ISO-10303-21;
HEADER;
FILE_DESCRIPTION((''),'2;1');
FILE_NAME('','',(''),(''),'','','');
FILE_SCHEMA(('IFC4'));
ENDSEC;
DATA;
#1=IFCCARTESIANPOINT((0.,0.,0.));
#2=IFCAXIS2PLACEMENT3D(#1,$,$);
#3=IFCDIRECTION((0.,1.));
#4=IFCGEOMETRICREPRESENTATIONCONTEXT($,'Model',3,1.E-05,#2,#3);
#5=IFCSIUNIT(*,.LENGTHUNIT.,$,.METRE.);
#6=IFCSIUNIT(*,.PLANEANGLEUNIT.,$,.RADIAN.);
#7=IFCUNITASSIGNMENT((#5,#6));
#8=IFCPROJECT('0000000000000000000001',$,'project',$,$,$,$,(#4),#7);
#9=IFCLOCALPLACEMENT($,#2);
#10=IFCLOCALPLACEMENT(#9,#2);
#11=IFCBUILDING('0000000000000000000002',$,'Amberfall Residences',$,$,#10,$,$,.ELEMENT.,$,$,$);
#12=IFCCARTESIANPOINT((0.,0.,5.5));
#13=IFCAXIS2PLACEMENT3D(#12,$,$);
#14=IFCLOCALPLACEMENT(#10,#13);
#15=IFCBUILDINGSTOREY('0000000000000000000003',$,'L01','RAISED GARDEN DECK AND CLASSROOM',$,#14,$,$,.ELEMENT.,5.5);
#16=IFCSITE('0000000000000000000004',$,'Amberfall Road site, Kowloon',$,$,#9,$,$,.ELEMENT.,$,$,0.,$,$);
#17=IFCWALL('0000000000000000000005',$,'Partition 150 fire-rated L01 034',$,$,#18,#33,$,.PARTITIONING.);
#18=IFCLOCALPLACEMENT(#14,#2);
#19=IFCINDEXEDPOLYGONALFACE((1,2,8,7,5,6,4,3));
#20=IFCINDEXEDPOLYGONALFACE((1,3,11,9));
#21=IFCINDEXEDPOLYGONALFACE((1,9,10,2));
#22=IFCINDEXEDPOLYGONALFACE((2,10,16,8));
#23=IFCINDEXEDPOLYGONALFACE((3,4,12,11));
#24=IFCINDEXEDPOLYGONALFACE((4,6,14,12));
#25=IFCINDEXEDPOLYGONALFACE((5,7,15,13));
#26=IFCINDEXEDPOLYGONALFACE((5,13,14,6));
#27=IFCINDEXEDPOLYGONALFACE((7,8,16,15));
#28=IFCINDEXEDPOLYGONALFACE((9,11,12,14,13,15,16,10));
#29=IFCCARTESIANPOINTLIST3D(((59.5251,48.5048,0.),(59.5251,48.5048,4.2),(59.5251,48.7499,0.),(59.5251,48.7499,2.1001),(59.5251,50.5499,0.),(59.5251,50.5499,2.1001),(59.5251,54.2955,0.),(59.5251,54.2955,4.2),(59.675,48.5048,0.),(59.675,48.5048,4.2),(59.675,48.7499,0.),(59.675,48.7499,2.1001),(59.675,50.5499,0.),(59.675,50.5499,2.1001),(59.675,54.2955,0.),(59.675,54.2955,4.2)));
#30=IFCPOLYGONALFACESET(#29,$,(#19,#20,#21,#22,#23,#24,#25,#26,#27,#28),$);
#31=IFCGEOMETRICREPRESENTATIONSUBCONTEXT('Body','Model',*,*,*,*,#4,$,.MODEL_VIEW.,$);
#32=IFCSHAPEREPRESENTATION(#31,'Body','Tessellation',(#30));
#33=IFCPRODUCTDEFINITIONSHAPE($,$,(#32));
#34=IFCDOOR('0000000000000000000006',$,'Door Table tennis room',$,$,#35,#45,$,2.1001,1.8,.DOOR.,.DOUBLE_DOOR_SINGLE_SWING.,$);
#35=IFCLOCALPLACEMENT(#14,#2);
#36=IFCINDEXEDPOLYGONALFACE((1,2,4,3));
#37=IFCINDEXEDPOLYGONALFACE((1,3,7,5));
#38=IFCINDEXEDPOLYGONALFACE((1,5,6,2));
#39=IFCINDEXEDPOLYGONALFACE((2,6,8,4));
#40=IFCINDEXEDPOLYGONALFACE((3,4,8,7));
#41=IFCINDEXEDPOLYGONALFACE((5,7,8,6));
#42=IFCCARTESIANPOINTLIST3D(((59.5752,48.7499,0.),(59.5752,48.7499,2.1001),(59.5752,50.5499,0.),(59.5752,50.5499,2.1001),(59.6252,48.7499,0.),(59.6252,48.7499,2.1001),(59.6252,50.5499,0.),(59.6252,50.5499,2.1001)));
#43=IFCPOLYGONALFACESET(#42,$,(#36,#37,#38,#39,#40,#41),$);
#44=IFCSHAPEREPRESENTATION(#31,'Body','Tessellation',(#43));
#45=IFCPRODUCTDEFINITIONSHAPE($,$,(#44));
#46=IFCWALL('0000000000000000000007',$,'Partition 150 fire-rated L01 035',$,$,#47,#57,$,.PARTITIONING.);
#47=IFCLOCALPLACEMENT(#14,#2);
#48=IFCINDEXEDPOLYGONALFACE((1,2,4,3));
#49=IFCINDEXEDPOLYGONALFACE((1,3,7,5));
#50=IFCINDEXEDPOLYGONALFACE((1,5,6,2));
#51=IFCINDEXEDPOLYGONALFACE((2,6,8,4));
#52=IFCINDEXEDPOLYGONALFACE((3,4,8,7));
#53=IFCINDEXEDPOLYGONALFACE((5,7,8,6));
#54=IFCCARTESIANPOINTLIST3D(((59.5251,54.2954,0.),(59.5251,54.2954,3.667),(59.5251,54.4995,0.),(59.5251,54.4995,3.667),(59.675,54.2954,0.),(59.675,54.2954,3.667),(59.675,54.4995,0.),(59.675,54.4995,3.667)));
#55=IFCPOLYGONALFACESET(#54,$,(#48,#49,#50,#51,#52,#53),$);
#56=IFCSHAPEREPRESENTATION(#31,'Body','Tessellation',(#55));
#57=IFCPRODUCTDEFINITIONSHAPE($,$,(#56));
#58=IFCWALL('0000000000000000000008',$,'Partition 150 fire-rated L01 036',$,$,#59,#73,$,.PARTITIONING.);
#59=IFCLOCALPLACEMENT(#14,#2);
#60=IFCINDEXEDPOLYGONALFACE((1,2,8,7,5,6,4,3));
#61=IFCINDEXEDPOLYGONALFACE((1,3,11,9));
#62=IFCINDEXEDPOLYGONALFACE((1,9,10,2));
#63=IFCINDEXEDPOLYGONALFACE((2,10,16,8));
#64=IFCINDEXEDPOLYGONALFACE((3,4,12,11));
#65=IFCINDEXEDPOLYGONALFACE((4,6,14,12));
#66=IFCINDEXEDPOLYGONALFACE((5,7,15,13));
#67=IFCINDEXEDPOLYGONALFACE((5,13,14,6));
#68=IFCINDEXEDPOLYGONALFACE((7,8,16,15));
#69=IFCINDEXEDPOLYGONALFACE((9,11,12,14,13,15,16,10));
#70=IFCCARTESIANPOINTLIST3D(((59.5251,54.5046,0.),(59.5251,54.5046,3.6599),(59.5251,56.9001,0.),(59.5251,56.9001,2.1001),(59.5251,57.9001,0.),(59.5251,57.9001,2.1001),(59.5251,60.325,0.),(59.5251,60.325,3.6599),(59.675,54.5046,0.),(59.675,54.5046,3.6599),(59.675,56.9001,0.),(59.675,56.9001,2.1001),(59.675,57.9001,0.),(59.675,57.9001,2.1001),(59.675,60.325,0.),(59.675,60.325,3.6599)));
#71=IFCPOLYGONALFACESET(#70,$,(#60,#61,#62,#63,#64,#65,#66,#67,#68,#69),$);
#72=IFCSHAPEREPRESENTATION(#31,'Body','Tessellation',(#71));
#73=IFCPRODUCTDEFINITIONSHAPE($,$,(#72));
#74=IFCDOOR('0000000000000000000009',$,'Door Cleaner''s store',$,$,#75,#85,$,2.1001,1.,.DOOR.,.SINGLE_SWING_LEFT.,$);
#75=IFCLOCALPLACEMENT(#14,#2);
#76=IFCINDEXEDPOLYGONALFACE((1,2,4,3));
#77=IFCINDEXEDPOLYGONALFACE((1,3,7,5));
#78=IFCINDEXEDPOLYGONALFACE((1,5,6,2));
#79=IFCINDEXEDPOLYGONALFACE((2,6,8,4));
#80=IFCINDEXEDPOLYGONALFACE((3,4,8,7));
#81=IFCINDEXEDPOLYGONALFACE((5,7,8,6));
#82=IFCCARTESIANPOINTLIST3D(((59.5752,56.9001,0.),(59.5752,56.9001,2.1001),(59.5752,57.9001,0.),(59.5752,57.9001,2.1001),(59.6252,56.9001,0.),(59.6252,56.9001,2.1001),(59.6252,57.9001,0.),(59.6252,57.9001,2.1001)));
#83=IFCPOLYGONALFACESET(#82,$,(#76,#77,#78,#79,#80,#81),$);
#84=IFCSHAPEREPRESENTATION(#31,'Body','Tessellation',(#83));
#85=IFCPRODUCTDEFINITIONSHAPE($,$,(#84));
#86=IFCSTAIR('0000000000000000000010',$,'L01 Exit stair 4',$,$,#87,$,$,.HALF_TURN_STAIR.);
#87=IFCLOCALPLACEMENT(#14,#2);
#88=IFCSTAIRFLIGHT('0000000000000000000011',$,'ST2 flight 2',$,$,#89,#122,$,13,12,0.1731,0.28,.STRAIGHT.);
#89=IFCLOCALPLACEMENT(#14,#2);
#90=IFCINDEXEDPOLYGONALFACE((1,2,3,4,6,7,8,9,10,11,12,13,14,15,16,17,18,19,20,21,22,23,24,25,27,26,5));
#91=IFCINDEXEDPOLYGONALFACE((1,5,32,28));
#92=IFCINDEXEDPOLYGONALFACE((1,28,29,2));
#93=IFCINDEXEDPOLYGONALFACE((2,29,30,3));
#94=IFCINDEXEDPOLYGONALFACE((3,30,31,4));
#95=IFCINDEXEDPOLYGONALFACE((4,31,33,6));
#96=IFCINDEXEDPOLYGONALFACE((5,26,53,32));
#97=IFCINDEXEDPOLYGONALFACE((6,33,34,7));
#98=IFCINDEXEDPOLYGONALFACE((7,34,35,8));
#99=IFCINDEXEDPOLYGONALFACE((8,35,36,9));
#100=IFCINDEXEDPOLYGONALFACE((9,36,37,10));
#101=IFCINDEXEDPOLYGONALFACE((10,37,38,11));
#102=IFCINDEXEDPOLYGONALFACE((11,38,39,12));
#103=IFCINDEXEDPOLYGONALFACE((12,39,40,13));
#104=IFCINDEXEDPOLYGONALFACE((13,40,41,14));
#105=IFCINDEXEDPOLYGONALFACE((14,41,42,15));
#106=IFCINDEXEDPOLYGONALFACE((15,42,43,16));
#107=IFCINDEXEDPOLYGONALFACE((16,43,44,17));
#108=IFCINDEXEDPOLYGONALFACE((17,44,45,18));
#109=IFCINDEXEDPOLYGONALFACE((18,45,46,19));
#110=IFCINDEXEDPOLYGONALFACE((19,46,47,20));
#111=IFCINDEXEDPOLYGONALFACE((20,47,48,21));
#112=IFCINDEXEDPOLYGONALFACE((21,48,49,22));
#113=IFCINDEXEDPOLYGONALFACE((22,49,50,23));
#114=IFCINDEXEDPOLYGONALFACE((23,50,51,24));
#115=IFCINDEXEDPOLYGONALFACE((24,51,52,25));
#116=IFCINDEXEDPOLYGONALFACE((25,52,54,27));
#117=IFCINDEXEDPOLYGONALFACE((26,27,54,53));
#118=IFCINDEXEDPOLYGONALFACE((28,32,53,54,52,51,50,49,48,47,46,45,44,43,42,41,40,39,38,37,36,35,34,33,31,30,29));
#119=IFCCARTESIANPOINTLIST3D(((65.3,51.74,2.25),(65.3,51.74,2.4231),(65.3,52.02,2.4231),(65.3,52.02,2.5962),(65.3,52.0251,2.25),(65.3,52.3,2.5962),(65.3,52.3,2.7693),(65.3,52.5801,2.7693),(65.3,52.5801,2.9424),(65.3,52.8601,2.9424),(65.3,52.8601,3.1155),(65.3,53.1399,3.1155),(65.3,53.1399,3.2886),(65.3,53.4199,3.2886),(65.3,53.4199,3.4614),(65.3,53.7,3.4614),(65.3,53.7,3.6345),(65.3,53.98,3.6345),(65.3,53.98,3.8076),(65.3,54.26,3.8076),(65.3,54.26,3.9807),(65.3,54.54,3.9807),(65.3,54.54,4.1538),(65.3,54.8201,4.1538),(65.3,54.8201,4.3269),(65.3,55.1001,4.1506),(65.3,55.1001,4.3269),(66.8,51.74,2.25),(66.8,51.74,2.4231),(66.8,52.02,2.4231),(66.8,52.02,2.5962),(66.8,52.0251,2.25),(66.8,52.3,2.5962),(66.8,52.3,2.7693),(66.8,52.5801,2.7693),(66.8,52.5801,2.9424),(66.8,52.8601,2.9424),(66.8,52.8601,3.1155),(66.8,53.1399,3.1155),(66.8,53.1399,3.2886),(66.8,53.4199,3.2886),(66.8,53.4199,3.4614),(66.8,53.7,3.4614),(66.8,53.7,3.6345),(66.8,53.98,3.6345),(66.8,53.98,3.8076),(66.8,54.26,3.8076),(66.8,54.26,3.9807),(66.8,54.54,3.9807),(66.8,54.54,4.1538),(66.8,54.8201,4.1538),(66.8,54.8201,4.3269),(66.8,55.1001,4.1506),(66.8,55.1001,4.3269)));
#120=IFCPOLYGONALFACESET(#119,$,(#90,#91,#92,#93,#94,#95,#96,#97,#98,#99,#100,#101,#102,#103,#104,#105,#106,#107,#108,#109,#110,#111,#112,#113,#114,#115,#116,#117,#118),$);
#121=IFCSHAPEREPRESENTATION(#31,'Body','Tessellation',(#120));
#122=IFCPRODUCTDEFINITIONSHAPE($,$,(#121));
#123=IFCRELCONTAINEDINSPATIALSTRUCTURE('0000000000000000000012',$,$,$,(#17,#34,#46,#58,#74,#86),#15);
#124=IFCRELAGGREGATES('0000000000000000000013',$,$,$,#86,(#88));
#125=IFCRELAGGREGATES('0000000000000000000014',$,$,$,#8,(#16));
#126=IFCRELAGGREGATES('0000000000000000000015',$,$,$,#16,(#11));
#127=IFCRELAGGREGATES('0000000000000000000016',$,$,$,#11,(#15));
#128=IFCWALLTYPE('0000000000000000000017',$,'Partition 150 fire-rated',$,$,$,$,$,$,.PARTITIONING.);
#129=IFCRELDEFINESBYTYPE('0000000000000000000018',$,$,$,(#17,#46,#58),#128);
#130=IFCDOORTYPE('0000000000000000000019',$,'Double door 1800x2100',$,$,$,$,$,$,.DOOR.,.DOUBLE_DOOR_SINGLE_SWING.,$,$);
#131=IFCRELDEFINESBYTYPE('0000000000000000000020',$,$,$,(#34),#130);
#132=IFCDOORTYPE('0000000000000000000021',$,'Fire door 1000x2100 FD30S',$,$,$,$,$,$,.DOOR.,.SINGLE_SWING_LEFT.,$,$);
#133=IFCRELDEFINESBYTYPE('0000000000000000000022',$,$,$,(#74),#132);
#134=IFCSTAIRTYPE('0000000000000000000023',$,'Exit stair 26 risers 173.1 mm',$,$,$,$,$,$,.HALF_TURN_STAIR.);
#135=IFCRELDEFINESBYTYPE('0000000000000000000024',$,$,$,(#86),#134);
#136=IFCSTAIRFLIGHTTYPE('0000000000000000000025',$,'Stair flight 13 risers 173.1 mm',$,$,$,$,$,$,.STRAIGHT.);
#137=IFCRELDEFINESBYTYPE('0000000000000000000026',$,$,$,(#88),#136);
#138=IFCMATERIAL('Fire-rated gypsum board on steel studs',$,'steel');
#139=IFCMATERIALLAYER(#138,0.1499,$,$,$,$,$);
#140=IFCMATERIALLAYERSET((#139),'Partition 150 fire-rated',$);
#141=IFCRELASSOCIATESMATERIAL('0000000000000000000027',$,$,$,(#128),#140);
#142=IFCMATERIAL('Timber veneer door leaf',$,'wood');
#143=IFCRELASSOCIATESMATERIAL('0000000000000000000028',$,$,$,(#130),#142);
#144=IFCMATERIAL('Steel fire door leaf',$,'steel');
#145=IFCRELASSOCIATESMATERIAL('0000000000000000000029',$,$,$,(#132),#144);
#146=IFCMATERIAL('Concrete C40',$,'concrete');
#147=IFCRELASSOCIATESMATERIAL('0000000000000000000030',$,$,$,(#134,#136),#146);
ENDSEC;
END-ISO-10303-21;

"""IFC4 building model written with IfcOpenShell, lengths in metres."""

from ifc_helpers import new_model, si_unit, direction, frame, frame_2d, origin, place, context, subcontext, project, spatial, polyline, rectangle, outline, extrude, material, layer, layer_set, type_object, element, fill, aggregate, save


model = new_model("IFC4")

# Units and contexts
model_context = context("Model", 3, precision=1e-05, world=origin(), true_north=direction((0.0, 1.0)))
body_context = subcontext(model_context, "Body", "Model", "MODEL_VIEW")
ifc_project = project(units=[si_unit("LENGTHUNIT", "METRE"), si_unit("PLANEANGLEUNIT", "RADIAN")], contexts=[model_context])

# Site, building, storey
site_placement = place(None, origin())
site = spatial("IfcSite", under=ifc_project, at=site_placement, Name="Amberfall Road site, Kowloon", CompositionType="ELEMENT", RefElevation=0.0)
building_placement = place(site_placement, origin())
building = spatial("IfcBuilding", under=site, at=building_placement, Name="Amberfall Residences", CompositionType="ELEMENT")
storey_placement = place(building_placement, frame((0.0, 0.0, 5.5)))
storey = spatial("IfcBuildingStorey", under=building, at=storey_placement, Name="L01", Description="RAISED GARDEN DECK AND CLASSROOM", CompositionType="ELEMENT", Elevation=5.5)

# Shared definitions
ifc_material_1 = material(Name="Fire-rated gypsum board on steel studs", Category="steel")
ifc_layer_1 = layer(ifc_material_1, 0.1499)
ifc_layer_set_1 = layer_set([ifc_layer_1], Name="Partition 150 fire-rated")
wall_type_1 = type_object("IfcWallType", Name="Partition 150 fire-rated", PredefinedType="PARTITIONING", material=ifc_layer_set_1)

# Wall, opening, door
wall_1_placement = place(storey_placement, frame((59.6001, 48.5046, 0.0), z_axis=(0.0, 0.0, 1.0), x_axis=(0.0, 1.0, 0.0)))
wall_1 = element("IfcWall", 1, at=wall_1_placement, inside=storey, type_object=wall_type_1, Name="Partition 150 fire-rated L01 034", PredefinedType="PARTITIONING", context=body_context, shape_type="SweptSolid", body=[
    extrude(rectangle(XDim=5.7908, YDim=0.1499, at=frame_2d((2.8955, 0.0))), origin(), (0.0, 0.0, 1.0), 4.2),
])
opening_1_placement = place(wall_1_placement, frame((0.2454, 0.0, 0.0)))
opening_1 = element("IfcOpeningElement", 2, at=opening_1_placement, cuts=wall_1, PredefinedType="OPENING", context=body_context, shape_type="SweptSolid", body=[
    extrude(rectangle(XDim=1.8, YDim=2.1001, at=frame_2d((0.8999, 1.05))), frame((0.0, 0.085, 0.0), z_axis=(0.0, -1.0, 0.0), x_axis=(1.0, 0.0, 0.0)), (0.0, 0.0, 1.0), 0.1699),
])
ifc_material_2 = material(Name="Timber veneer door leaf", Category="wood")
door_type_1 = type_object("IfcDoorType", Name="Double door 1800x2100", OperationType="DOUBLE_DOOR_SINGLE_SWING", PredefinedType="DOOR", material=ifc_material_2)
door_1_placement = place(opening_1_placement, origin())
door_1 = element("IfcDoor", 3, at=door_1_placement, inside=storey, type_object=door_type_1, Name="Door Table tennis room", OperationType="DOUBLE_DOOR_SINGLE_SWING", OverallHeight=2.1001, OverallWidth=1.8, PredefinedType="DOOR", context=body_context, shape_type="SweptSolid", body=[
    extrude(rectangle(XDim=1.8, YDim=2.1001, at=frame_2d((0.8999, 1.05))), frame((0.0, 0.0249, 0.0), z_axis=(0.0, -1.0, 0.0), x_axis=(1.0, 0.0, 0.0)), (0.0, 0.0, 1.0), 0.05),
])
fill(opening_1, door_1)

# Wall
wall_2_placement = place(storey_placement, frame((59.6001, 54.2954, 0.0), z_axis=(0.0, 0.0, 1.0), x_axis=(0.0, 1.0, 0.0)))
element("IfcWall", 4, at=wall_2_placement, inside=storey, type_object=wall_type_1, Name="Partition 150 fire-rated L01 035", PredefinedType="PARTITIONING", context=body_context, shape_type="SweptSolid", body=[
    extrude(rectangle(XDim=0.2041, YDim=0.1499, at=frame_2d((0.1021, 0.0))), origin(), (0.0, 0.0, 1.0), 3.667),
])

# Wall, opening, door
wall_3_placement = place(storey_placement, frame((59.6001, 54.5046, 0.0), z_axis=(0.0, 0.0, 1.0), x_axis=(0.0, 1.0, 0.0)))
wall_3 = element("IfcWall", 5, at=wall_3_placement, inside=storey, type_object=wall_type_1, Name="Partition 150 fire-rated L01 036", PredefinedType="PARTITIONING", context=body_context, shape_type="SweptSolid", body=[
    extrude(rectangle(XDim=5.8203, YDim=0.1499, at=frame_2d((2.9102, 0.0))), origin(), (0.0, 0.0, 1.0), 3.6599),
])
opening_2_placement = place(wall_3_placement, frame((2.3955, 0.0, 0.0)))
opening_2 = element("IfcOpeningElement", 6, at=opening_2_placement, cuts=wall_3, PredefinedType="OPENING", context=body_context, shape_type="SweptSolid", body=[
    extrude(rectangle(XDim=1.0, YDim=2.1001, at=frame_2d((0.5, 1.05))), frame((0.0, 0.085, 0.0), z_axis=(0.0, -1.0, 0.0), x_axis=(1.0, 0.0, 0.0)), (0.0, 0.0, 1.0), 0.1699),
])
ifc_material_3 = material(Name="Steel fire door leaf", Category="steel")
door_type_2 = type_object("IfcDoorType", Name="Fire door 1000x2100 FD30S", OperationType="SINGLE_SWING_LEFT", PredefinedType="DOOR", material=ifc_material_3)
door_2_placement = place(opening_2_placement, origin())
door_2 = element("IfcDoor", 7, at=door_2_placement, inside=storey, type_object=door_type_2, Name="Door Cleaner's store", OperationType="SINGLE_SWING_LEFT", OverallHeight=2.1001, OverallWidth=1.0, PredefinedType="DOOR", context=body_context, shape_type="SweptSolid", body=[
    extrude(rectangle(XDim=1.0, YDim=2.1001, at=frame_2d((0.5, 1.05))), frame((0.0, 0.0249, 0.0), z_axis=(0.0, -1.0, 0.0), x_axis=(1.0, 0.0, 0.0)), (0.0, 0.0, 1.0), 0.05),
])
fill(opening_2, door_2)

# Stair, stair flight
ifc_material_4 = material(Name="Concrete C40", Category="concrete")
stair_type = type_object("IfcStairType", Name="Exit stair 26 risers 173.1 mm", PredefinedType="HALF_TURN_STAIR", material=ifc_material_4)
stair_placement = place(storey_placement, origin())
stair = element("IfcStair", 8, at=stair_placement, inside=storey, type_object=stair_type, Name="L01 Exit stair 4", PredefinedType="HALF_TURN_STAIR")
stair_flight_type = type_object("IfcStairFlightType", Name="Stair flight 13 risers 173.1 mm", PredefinedType="STRAIGHT", material=ifc_material_4)
stair_flight_placement = place(storey_placement, frame((66.05, 51.74, 2.25), z_axis=(0.0, 0.0, 1.0), x_axis=(0.0, 1.0, 0.0)))
stair_flight = element("IfcStairFlight", 9, at=stair_flight_placement, type_object=stair_flight_type, Name="ST2 flight 2", NumberOfRisers=13, NumberOfTreads=12, PredefinedType="STRAIGHT", RiserHeight=0.1731, TreadLength=0.28, context=body_context, shape_type="SweptSolid", body=[
    extrude(outline(polyline([(0.0, 0.0), (0.0, 0.1731), (0.28, 0.1731), (0.28, 0.3462), (0.5601, 0.3462), (0.5601, 0.5193), (0.8401, 0.5193), (0.8401, 0.6924), (1.1201, 0.6924), (1.1201, 0.8655), (1.3999, 0.8655), (1.3999, 1.0386), (1.6799, 1.0386), (1.6799, 1.2114), (1.96, 1.2114), (1.96, 1.3845), (2.24, 1.3845), (2.24, 1.5576), (2.52, 1.5576), (2.52, 1.7307), (2.8, 1.7307), (2.8, 1.9038), (3.0801, 1.9038), (3.0801, 2.0769), (3.3601, 2.0769), (3.3601, 2.25), (3.3601, 1.9006), (0.2852, 0.0), (0.0, 0.0)])), frame((0.0, 0.75, 0.0), z_axis=(0.0, -1.0, 0.0), x_axis=(1.0, 0.0, 0.0)), (0.0, 0.0, 1.0), 1.5),
])
aggregate(stair, [stair_flight])

save(model, "model.ifc")
